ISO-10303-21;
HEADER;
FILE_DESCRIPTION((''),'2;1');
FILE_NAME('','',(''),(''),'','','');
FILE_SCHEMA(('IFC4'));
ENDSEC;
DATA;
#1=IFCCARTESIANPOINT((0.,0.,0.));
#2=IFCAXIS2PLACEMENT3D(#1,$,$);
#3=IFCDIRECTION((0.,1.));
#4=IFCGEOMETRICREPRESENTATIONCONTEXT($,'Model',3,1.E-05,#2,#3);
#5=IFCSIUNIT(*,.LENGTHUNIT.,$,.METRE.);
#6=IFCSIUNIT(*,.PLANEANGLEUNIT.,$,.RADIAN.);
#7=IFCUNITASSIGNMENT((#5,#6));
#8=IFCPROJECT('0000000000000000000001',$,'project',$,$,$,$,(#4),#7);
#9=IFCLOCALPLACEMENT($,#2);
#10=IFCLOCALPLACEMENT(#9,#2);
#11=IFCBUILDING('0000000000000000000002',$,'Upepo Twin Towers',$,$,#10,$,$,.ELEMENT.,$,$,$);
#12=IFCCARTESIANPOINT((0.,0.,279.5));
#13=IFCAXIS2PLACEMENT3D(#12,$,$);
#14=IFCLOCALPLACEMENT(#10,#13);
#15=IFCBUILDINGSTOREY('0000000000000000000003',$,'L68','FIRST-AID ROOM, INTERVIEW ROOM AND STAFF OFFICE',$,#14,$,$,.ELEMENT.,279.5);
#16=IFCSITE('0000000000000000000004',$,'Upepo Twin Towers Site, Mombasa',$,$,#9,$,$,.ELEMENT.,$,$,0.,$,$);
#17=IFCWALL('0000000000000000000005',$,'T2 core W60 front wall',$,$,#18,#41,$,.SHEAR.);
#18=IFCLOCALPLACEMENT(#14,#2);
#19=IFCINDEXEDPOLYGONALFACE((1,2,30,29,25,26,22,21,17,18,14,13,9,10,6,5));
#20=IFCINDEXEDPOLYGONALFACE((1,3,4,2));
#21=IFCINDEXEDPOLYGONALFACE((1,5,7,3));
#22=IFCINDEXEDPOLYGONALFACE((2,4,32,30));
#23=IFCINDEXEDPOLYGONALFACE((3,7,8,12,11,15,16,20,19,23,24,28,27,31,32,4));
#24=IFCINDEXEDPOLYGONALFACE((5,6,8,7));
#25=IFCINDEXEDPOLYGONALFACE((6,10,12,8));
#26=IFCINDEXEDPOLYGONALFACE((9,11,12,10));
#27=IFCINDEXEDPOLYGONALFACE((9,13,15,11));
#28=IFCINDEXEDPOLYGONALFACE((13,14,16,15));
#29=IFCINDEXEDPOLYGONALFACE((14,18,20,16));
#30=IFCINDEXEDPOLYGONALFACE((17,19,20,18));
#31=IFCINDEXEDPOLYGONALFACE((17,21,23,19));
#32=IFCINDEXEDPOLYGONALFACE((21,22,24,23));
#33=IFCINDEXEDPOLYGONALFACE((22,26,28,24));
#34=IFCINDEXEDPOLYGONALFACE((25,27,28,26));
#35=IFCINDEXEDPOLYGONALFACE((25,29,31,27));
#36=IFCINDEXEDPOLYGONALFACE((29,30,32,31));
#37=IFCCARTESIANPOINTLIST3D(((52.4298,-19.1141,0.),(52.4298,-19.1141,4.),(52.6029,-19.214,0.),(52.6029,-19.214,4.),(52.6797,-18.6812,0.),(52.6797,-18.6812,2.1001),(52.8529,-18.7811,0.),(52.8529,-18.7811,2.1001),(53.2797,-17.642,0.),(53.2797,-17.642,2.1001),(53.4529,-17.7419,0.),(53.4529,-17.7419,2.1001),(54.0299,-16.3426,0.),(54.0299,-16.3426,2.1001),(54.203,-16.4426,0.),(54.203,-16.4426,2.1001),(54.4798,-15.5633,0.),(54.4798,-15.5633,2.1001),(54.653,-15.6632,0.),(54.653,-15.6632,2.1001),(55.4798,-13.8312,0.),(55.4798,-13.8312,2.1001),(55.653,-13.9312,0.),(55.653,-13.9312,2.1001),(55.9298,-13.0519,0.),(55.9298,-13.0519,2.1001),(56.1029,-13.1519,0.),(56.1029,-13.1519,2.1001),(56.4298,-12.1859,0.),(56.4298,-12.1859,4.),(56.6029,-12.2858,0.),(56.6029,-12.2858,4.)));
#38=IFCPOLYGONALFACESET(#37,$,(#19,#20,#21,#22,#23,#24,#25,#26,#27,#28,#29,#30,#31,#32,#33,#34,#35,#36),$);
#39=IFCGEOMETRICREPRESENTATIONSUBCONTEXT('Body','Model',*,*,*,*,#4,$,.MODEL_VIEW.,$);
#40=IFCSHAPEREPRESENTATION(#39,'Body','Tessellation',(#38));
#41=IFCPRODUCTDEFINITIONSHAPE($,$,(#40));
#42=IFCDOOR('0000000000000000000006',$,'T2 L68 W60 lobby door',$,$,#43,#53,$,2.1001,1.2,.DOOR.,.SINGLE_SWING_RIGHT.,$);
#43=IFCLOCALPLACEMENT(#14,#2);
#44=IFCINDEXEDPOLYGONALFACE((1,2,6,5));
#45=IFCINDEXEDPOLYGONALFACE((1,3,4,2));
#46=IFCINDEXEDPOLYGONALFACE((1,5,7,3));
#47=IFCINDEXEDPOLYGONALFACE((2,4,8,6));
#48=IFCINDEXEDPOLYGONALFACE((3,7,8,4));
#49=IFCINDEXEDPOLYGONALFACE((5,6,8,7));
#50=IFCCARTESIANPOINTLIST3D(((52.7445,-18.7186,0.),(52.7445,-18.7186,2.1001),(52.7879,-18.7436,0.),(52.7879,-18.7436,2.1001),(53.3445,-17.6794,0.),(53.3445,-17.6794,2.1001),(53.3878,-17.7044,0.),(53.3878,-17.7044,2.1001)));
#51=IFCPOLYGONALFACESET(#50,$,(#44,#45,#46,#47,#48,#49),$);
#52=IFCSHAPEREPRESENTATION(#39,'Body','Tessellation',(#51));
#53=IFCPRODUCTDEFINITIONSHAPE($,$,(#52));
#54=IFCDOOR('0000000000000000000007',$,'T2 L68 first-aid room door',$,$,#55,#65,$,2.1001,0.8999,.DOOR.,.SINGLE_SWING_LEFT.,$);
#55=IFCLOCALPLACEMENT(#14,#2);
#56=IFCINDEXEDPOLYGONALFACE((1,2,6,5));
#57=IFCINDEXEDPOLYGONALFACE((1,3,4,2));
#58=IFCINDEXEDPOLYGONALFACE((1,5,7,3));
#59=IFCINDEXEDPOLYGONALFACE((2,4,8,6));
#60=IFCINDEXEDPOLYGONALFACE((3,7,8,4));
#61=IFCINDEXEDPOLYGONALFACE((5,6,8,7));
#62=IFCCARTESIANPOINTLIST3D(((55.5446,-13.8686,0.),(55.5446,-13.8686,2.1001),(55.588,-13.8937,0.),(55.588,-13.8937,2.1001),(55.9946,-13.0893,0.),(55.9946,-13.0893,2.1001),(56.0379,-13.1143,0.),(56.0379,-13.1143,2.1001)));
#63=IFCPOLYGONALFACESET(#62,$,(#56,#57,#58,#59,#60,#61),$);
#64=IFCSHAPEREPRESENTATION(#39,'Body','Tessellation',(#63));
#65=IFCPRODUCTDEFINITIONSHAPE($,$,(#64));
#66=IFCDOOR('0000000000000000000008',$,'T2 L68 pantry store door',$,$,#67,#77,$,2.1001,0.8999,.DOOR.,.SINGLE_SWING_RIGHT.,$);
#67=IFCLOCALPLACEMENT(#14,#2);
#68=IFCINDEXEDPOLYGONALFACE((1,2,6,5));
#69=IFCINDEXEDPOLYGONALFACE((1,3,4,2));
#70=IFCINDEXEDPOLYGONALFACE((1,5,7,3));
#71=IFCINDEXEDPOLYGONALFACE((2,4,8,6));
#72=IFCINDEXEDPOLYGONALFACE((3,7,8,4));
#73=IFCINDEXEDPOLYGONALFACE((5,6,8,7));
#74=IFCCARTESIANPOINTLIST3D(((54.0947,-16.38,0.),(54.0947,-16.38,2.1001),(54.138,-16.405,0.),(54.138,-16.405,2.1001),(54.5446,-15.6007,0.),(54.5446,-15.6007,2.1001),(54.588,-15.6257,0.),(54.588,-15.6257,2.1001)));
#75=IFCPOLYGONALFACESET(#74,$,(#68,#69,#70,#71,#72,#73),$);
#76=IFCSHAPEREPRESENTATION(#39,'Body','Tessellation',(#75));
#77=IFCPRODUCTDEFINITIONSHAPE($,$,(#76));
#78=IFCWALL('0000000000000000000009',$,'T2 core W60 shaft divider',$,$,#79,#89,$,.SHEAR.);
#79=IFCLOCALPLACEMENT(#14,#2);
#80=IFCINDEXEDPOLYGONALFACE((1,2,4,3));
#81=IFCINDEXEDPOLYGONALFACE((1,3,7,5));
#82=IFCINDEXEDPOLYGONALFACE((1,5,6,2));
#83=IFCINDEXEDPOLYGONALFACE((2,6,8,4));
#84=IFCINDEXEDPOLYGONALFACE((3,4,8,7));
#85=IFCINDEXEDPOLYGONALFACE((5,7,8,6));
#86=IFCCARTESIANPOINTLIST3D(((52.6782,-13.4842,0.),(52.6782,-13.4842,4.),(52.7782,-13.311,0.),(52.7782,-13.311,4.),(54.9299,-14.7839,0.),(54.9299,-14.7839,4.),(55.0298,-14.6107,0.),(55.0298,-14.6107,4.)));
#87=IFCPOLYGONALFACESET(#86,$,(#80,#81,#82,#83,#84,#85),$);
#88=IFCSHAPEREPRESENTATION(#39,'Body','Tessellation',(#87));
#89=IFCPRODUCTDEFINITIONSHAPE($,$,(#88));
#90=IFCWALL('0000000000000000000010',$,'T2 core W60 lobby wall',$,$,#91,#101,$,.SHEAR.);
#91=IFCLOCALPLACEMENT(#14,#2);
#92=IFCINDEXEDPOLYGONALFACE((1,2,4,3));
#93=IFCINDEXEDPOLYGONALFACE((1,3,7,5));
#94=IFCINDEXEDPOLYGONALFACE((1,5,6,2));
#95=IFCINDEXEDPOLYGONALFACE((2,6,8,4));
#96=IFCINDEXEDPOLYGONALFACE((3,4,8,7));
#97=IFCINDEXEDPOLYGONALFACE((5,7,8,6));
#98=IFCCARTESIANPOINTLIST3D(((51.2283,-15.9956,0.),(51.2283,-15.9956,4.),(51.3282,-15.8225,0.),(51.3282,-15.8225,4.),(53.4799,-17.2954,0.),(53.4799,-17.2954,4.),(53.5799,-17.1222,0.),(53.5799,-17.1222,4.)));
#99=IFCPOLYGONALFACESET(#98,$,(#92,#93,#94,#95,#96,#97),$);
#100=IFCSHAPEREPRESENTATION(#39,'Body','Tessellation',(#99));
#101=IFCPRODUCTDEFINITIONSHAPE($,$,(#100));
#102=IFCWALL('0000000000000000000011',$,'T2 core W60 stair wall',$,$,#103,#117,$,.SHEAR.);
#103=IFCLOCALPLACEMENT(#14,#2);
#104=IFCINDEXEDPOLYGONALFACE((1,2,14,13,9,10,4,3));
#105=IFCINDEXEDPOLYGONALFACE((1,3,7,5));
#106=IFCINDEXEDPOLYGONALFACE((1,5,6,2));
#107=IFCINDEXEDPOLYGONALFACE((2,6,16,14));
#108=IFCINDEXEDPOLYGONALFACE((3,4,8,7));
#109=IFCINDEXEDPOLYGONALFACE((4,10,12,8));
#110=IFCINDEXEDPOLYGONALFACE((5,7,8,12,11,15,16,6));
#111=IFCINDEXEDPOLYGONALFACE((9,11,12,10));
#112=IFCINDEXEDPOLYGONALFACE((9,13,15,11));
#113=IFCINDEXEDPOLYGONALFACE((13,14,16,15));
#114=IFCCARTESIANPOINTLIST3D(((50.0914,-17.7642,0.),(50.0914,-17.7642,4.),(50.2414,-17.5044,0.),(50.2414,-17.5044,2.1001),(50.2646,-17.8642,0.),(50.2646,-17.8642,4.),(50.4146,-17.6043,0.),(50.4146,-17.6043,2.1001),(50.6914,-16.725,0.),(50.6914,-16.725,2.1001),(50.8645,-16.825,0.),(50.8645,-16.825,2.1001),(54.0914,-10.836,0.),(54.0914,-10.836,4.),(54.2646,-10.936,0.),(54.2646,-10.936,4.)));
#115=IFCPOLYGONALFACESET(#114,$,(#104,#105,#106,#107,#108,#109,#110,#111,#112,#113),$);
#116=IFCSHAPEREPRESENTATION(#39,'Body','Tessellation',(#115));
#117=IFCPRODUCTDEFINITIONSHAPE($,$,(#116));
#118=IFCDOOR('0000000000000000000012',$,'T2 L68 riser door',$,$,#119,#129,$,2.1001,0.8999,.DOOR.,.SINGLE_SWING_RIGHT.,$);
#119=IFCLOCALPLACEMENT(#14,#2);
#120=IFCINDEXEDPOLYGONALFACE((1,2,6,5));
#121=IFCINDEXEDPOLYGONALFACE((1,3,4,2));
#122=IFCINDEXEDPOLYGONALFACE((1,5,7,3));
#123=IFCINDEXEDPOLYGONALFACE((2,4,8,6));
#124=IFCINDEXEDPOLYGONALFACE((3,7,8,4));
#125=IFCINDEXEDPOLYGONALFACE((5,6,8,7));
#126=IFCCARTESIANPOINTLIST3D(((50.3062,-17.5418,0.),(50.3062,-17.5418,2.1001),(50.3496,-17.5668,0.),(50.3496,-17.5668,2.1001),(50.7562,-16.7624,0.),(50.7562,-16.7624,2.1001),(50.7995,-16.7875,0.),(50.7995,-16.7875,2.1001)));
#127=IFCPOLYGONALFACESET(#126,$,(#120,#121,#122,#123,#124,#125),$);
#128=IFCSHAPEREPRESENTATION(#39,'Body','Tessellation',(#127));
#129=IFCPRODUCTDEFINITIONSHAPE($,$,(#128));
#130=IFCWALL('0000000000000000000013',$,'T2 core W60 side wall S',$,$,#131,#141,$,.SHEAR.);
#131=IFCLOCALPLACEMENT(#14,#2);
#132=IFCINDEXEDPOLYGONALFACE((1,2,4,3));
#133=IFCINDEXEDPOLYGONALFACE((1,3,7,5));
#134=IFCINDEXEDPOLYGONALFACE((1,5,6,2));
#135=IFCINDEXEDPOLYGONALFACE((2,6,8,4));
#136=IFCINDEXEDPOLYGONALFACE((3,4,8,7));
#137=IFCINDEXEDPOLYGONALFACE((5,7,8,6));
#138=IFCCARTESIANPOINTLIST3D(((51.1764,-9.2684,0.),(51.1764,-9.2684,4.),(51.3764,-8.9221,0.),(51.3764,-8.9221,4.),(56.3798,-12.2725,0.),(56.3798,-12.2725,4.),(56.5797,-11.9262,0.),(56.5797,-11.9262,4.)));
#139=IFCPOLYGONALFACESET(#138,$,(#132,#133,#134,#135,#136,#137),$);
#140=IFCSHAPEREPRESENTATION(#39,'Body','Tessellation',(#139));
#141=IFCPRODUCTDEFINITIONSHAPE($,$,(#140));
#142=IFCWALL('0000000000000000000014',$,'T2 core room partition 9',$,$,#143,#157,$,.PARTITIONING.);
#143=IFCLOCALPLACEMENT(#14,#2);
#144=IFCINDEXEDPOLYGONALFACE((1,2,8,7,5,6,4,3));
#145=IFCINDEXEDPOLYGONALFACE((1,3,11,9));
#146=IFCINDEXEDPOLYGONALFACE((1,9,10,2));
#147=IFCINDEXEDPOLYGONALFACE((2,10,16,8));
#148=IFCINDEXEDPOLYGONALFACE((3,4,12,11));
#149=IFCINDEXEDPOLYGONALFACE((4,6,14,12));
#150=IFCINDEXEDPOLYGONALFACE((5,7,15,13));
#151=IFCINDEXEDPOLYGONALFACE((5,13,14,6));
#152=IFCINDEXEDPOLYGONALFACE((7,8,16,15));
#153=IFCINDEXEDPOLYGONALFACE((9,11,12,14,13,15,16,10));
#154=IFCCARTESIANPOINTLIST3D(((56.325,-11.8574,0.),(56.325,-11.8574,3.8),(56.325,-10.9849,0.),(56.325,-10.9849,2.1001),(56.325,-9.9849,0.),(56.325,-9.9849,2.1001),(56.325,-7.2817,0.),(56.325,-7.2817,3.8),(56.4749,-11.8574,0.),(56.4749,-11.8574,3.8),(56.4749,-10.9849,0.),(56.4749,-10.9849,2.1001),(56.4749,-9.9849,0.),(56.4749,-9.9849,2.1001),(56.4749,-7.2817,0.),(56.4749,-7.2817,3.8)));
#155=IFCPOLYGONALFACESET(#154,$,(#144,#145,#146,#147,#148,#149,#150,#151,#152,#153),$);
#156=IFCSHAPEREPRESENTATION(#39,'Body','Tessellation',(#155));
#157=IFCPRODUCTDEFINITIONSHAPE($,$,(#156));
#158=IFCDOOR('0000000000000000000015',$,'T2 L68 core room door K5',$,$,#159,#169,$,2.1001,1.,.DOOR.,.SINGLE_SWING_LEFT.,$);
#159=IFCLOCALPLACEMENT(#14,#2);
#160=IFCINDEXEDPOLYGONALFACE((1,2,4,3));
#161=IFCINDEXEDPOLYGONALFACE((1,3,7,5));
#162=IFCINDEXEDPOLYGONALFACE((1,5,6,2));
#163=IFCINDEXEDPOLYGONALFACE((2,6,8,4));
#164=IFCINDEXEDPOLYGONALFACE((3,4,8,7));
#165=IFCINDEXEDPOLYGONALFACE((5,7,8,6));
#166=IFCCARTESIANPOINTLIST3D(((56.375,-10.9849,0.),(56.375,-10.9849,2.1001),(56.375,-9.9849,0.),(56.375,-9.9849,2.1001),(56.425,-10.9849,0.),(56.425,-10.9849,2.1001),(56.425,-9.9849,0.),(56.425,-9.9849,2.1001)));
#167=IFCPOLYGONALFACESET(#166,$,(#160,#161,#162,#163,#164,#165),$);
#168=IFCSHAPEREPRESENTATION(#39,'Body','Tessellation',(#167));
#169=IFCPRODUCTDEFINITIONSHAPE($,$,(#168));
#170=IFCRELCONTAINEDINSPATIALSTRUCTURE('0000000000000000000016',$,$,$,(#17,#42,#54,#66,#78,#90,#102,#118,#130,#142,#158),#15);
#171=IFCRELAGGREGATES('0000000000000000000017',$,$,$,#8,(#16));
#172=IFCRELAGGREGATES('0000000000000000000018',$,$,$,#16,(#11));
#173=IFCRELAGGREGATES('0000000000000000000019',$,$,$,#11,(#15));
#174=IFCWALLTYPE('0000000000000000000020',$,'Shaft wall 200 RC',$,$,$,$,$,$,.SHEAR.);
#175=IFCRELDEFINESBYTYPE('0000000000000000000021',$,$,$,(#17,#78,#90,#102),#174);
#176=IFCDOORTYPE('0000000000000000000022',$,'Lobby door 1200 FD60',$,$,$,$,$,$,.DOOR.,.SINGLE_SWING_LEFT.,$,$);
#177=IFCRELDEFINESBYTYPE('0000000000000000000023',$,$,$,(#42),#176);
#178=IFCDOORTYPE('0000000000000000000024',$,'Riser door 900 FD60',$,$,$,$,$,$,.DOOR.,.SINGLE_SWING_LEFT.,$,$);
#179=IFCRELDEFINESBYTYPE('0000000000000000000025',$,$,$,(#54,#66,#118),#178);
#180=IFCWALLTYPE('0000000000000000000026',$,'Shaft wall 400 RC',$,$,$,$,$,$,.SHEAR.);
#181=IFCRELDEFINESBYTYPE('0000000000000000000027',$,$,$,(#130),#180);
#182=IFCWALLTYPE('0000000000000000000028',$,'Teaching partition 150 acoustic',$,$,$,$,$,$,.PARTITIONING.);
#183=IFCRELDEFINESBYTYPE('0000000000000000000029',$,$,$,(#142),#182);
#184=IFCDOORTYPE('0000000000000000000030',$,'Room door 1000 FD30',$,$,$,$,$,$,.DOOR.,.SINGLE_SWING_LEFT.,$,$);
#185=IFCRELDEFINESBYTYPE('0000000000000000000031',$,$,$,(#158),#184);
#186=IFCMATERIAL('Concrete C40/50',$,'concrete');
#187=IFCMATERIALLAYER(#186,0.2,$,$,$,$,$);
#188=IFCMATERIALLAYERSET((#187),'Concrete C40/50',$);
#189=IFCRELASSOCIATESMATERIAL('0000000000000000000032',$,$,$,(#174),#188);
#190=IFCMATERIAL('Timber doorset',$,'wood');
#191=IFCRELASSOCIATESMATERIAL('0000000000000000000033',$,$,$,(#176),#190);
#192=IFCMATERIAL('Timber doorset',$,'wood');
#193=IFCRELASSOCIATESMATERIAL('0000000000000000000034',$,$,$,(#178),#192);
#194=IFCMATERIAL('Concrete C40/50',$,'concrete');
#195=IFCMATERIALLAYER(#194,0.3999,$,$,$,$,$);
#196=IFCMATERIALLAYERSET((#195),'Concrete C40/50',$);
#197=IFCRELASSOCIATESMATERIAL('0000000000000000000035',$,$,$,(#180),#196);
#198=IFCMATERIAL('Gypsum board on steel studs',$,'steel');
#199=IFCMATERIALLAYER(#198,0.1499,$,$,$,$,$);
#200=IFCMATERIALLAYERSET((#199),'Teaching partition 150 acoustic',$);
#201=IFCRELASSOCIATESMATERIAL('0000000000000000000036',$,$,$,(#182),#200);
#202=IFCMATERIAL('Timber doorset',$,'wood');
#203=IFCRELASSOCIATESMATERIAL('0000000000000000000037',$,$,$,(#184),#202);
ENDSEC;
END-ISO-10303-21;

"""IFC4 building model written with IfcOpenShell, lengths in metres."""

from ifc_helpers import new_model, si_unit, direction, frame, frame_2d, origin, place, context, subcontext, project, spatial, rectangle, extrude, material, layer, layer_set, type_object, element, fill, save


model = new_model("IFC4")

# Units and contexts
model_context = context("Model", 3, precision=1e-05, world=origin(), true_north=direction((0.0, 1.0)))
body_context = subcontext(model_context, "Body", "Model", "MODEL_VIEW")
ifc_project = project(units=[si_unit("LENGTHUNIT", "METRE"), si_unit("PLANEANGLEUNIT", "RADIAN")], contexts=[model_context])

# Site, building, storey
site_placement = place(None, origin())
site = spatial("IfcSite", under=ifc_project, at=site_placement, Name="Upepo Twin Towers Site, Mombasa", CompositionType="ELEMENT", RefElevation=0.0)
building_placement = place(site_placement, origin())
building = spatial("IfcBuilding", under=site, at=building_placement, Name="Upepo Twin Towers", CompositionType="ELEMENT")
storey_placement = place(building_placement, frame((0.0, 0.0, 279.5)))
storey = spatial("IfcBuildingStorey", under=building, at=storey_placement, Name="L68", Description="FIRST-AID ROOM, INTERVIEW ROOM AND STAFF OFFICE", CompositionType="ELEMENT", Elevation=279.5)

# Wall, openings, doors
ifc_material_1 = material(Name="Concrete C40/50", Category="concrete")
ifc_layer_1 = layer(ifc_material_1, 0.2)
ifc_layer_set_1 = layer_set([ifc_layer_1], Name="Concrete C40/50")
wall_type_1 = type_object("IfcWallType", Name="Shaft wall 200 RC", PredefinedType="SHEAR", material=ifc_layer_set_1)
wall_1_placement = place(storey_placement, frame((56.5164, -12.2358, 0.0), z_axis=(0.0, 0.0, 1.0), x_axis=(-0.499999, -0.866026, 0.0)))
wall_1 = element("IfcWall", 1, at=wall_1_placement, inside=storey, type_object=wall_type_1, Name="T2 core W60 front wall", PredefinedType="SHEAR", context=body_context, shape_type="SweptSolid", body=[
    extrude(rectangle(XDim=8.0, YDim=0.2, at=frame_2d((4.0, 0.0))), origin(), (0.0, 0.0, 1.0), 4.0),
])
opening_1_placement = place(wall_1_placement, frame((6.3, 0.0, 0.0)))
opening_1 = element("IfcOpeningElement", 2, at=opening_1_placement, cuts=wall_1, PredefinedType="OPENING", context=body_context, shape_type="SweptSolid", body=[
    extrude(rectangle(XDim=1.2, YDim=2.1001, at=frame_2d((0.6001, 1.05))), frame((0.0, 0.1099, 0.0), z_axis=(0.0, -1.0, 0.0), x_axis=(1.0, 0.0, 0.0)), (0.0, 0.0, 1.0), 0.22),
])
opening_2_placement = place(wall_1_placement, frame((1.0, 0.0, 0.0)))
opening_2 = element("IfcOpeningElement", 3, at=opening_2_placement, cuts=wall_1, PredefinedType="OPENING", context=body_context, shape_type="SweptSolid", body=[
    extrude(rectangle(XDim=0.8999, YDim=2.1001, at=frame_2d((0.45, 1.05))), frame((0.0, 0.1099, 0.0), z_axis=(0.0, -1.0, 0.0), x_axis=(1.0, 0.0, 0.0)), (0.0, 0.0, 1.0), 0.22),
])
opening_3_placement = place(wall_1_placement, frame((3.8999, 0.0, 0.0)))
opening_3 = element("IfcOpeningElement", 4, at=opening_3_placement, cuts=wall_1, PredefinedType="OPENING", context=body_context, shape_type="SweptSolid", body=[
    extrude(rectangle(XDim=0.8999, YDim=2.1001, at=frame_2d((0.45, 1.05))), frame((0.0, 0.1099, 0.0), z_axis=(0.0, -1.0, 0.0), x_axis=(1.0, 0.0, 0.0)), (0.0, 0.0, 1.0), 0.22),
])
ifc_material_2 = material(Name="Timber doorset", Category="wood")
door_type_1 = type_object("IfcDoorType", Name="Lobby door 1200 FD60", OperationType="SINGLE_SWING_LEFT", PredefinedType="DOOR", material=ifc_material_2)
door_1_placement = place(opening_1_placement, origin())
door_1 = element("IfcDoor", 5, at=door_1_placement, inside=storey, type_object=door_type_1, Name="T2 L68 W60 lobby door", OperationType="SINGLE_SWING_RIGHT", OverallHeight=2.1001, OverallWidth=1.2, PredefinedType="DOOR", context=body_context, shape_type="SweptSolid", body=[
    extrude(rectangle(XDim=1.2, YDim=2.1001, at=frame_2d((0.6001, 1.05))), frame((0.0, 0.0249, 0.0), z_axis=(0.0, -1.0, 0.0), x_axis=(1.0, 0.0, 0.0)), (0.0, 0.0, 1.0), 0.05),
])
fill(opening_1, door_1)
ifc_material_3 = material(Name="Timber doorset", Category="wood")
door_type_2 = type_object("IfcDoorType", Name="Riser door 900 FD60", OperationType="SINGLE_SWING_LEFT", PredefinedType="DOOR", material=ifc_material_3)
door_2_placement = place(opening_2_placement, origin())
door_2 = element("IfcDoor", 6, at=door_2_placement, inside=storey, type_object=door_type_2, Name="T2 L68 first-aid room door", OperationType="SINGLE_SWING_LEFT", OverallHeight=2.1001, OverallWidth=0.8999, PredefinedType="DOOR", context=body_context, shape_type="SweptSolid", body=[
    extrude(rectangle(XDim=0.8999, YDim=2.1001, at=frame_2d((0.45, 1.05))), frame((0.0, 0.0249, 0.0), z_axis=(0.0, -1.0, 0.0), x_axis=(1.0, 0.0, 0.0)), (0.0, 0.0, 1.0), 0.05),
])
fill(opening_2, door_2)
door_3_placement = place(opening_3_placement, origin())
door_3 = element("IfcDoor", 7, at=door_3_placement, inside=storey, type_object=door_type_2, Name="T2 L68 pantry store door", OperationType="SINGLE_SWING_RIGHT", OverallHeight=2.1001, OverallWidth=0.8999, PredefinedType="DOOR", context=body_context, shape_type="SweptSolid", body=[
    extrude(rectangle(XDim=0.8999, YDim=2.1001, at=frame_2d((0.45, 1.05))), frame((0.0, 0.0249, 0.0), z_axis=(0.0, -1.0, 0.0), x_axis=(1.0, 0.0, 0.0)), (0.0, 0.0, 1.0), 0.05),
])
fill(opening_3, door_3)

# Walls
for number, where, z_axis, x_axis, name in (
    (8, (54.9797, -14.6973, 0.0), (0.0, 0.0, 1.0), (-0.866062, 0.499937, 0.0), "T2 core W60 shaft divider"),
    (9, (53.5298, -17.2087, 0.0), (0.0, 0.0, 1.0), (-0.866062, 0.499937, 0.0), "T2 core W60 lobby wall"),
):
    element("IfcWall", number, at=place(storey_placement, frame(where, z_axis=z_axis, x_axis=x_axis)), inside=storey, type_object=wall_type_1, Name=name, PredefinedType="SHEAR", context=body_context, shape_type="SweptSolid", body=[
        extrude(rectangle(XDim=2.5999, YDim=0.2, at=frame_2d((1.2998, 0.0))), origin(), (0.0, 0.0, 1.0), 4.0),
    ])

# Wall, opening, door
wall_2_placement = place(storey_placement, frame((54.178, -10.886, 0.0), z_axis=(0.0, 0.0, 1.0), x_axis=(-0.499999, -0.866026, 0.0)))
wall_2 = element("IfcWall", 10, at=wall_2_placement, inside=storey, type_object=wall_type_1, Name="T2 core W60 stair wall", PredefinedType="SHEAR", context=body_context, shape_type="SweptSolid", body=[
    extrude(rectangle(XDim=8.0, YDim=0.2, at=frame_2d((4.0, 0.0))), origin(), (0.0, 0.0, 1.0), 4.0),
])
opening_4_placement = place(wall_2_placement, frame((6.8, 0.0, 0.0)))
opening_4 = element("IfcOpeningElement", 11, at=opening_4_placement, cuts=wall_2, PredefinedType="OPENING", context=body_context, shape_type="SweptSolid", body=[
    extrude(rectangle(XDim=0.8999, YDim=2.1001, at=frame_2d((0.45, 1.05))), frame((0.0, 0.1099, 0.0), z_axis=(0.0, -1.0, 0.0), x_axis=(1.0, 0.0, 0.0)), (0.0, 0.0, 1.0), 0.22),
])
door_4_placement = place(opening_4_placement, origin())
door_4 = element("IfcDoor", 12, at=door_4_placement, inside=storey, type_object=door_type_2, Name="T2 L68 riser door", OperationType="SINGLE_SWING_RIGHT", OverallHeight=2.1001, OverallWidth=0.8999, PredefinedType="DOOR", context=body_context, shape_type="SweptSolid", body=[
    extrude(rectangle(XDim=0.8999, YDim=2.1001, at=frame_2d((0.45, 1.05))), frame((0.0, 0.0249, 0.0), z_axis=(0.0, -1.0, 0.0), x_axis=(1.0, 0.0, 0.0)), (0.0, 0.0, 1.0), 0.05),
])
fill(opening_4, door_4)

# Wall
ifc_material_4 = material(Name="Concrete C40/50", Category="concrete")
ifc_layer_2 = layer(ifc_material_4, 0.3999)
ifc_layer_set_2 = layer_set([ifc_layer_2], Name="Concrete C40/50")
wall_type_2 = type_object("IfcWallType", Name="Shaft wall 400 RC", PredefinedType="SHEAR", material=ifc_layer_set_2)
wall_3_placement = place(storey_placement, frame((56.4797, -12.0994, 0.0), z_axis=(0.0, 0.0, 1.0), x_axis=(-0.866027, 0.499998, 0.0)))
element("IfcWall", 13, at=wall_3_placement, inside=storey, type_object=wall_type_2, Name="T2 core W60 side wall S", PredefinedType="SHEAR", context=body_context, shape_type="SweptSolid", body=[
    extrude(rectangle(XDim=6.0083, YDim=0.3999, at=frame_2d((3.0042, 0.0))), origin(), (0.0, 0.0, 1.0), 4.0),
])

# Wall, opening, door
ifc_material_5 = material(Name="Gypsum board on steel studs", Category="steel")
ifc_layer_3 = layer(ifc_material_5, 0.1499)
ifc_layer_set_3 = layer_set([ifc_layer_3], Name="Teaching partition 150 acoustic")
wall_type_3 = type_object("IfcWallType", Name="Teaching partition 150 acoustic", PredefinedType="PARTITIONING", material=ifc_layer_set_3)
wall_4_placement = place(storey_placement, frame((56.3999, -11.8574, 0.0), z_axis=(0.0, 0.0, 1.0), x_axis=(0.0, 1.0, 0.0)))
wall_4 = element("IfcWall", 14, at=wall_4_placement, inside=storey, type_object=wall_type_3, Name="T2 core room partition 9", PredefinedType="PARTITIONING", context=body_context, shape_type="SweptSolid", body=[
    extrude(rectangle(XDim=4.5757, YDim=0.1499, at=frame_2d((2.2878, 0.0))), origin(), (0.0, 0.0, 1.0), 3.8),
])
opening_5_placement = place(wall_4_placement, frame((0.8726, 0.0, 0.0)))
opening_5 = element("IfcOpeningElement", 15, at=opening_5_placement, cuts=wall_4, PredefinedType="OPENING", context=body_context, shape_type="SweptSolid", body=[
    extrude(rectangle(XDim=1.0, YDim=2.1001, at=frame_2d((0.5, 1.05))), frame((0.0, 0.085, 0.0), z_axis=(0.0, -1.0, 0.0), x_axis=(1.0, 0.0, 0.0)), (0.0, 0.0, 1.0), 0.1699),
])
ifc_material_6 = material(Name="Timber doorset", Category="wood")
door_type_3 = type_object("IfcDoorType", Name="Room door 1000 FD30", OperationType="SINGLE_SWING_LEFT", PredefinedType="DOOR", material=ifc_material_6)
door_5_placement = place(opening_5_placement, origin())
door_5 = element("IfcDoor", 16, at=door_5_placement, inside=storey, type_object=door_type_3, Name="T2 L68 core room door K5", OperationType="SINGLE_SWING_LEFT", OverallHeight=2.1001, OverallWidth=1.0, PredefinedType="DOOR", context=body_context, shape_type="SweptSolid", body=[
    extrude(rectangle(XDim=1.0, YDim=2.1001, at=frame_2d((0.5, 1.05))), frame((0.0, 0.0249, 0.0), z_axis=(0.0, -1.0, 0.0), x_axis=(1.0, 0.0, 0.0)), (0.0, 0.0, 1.0), 0.05),
])
fill(opening_5, door_5)

save(model, "model.ifc")
